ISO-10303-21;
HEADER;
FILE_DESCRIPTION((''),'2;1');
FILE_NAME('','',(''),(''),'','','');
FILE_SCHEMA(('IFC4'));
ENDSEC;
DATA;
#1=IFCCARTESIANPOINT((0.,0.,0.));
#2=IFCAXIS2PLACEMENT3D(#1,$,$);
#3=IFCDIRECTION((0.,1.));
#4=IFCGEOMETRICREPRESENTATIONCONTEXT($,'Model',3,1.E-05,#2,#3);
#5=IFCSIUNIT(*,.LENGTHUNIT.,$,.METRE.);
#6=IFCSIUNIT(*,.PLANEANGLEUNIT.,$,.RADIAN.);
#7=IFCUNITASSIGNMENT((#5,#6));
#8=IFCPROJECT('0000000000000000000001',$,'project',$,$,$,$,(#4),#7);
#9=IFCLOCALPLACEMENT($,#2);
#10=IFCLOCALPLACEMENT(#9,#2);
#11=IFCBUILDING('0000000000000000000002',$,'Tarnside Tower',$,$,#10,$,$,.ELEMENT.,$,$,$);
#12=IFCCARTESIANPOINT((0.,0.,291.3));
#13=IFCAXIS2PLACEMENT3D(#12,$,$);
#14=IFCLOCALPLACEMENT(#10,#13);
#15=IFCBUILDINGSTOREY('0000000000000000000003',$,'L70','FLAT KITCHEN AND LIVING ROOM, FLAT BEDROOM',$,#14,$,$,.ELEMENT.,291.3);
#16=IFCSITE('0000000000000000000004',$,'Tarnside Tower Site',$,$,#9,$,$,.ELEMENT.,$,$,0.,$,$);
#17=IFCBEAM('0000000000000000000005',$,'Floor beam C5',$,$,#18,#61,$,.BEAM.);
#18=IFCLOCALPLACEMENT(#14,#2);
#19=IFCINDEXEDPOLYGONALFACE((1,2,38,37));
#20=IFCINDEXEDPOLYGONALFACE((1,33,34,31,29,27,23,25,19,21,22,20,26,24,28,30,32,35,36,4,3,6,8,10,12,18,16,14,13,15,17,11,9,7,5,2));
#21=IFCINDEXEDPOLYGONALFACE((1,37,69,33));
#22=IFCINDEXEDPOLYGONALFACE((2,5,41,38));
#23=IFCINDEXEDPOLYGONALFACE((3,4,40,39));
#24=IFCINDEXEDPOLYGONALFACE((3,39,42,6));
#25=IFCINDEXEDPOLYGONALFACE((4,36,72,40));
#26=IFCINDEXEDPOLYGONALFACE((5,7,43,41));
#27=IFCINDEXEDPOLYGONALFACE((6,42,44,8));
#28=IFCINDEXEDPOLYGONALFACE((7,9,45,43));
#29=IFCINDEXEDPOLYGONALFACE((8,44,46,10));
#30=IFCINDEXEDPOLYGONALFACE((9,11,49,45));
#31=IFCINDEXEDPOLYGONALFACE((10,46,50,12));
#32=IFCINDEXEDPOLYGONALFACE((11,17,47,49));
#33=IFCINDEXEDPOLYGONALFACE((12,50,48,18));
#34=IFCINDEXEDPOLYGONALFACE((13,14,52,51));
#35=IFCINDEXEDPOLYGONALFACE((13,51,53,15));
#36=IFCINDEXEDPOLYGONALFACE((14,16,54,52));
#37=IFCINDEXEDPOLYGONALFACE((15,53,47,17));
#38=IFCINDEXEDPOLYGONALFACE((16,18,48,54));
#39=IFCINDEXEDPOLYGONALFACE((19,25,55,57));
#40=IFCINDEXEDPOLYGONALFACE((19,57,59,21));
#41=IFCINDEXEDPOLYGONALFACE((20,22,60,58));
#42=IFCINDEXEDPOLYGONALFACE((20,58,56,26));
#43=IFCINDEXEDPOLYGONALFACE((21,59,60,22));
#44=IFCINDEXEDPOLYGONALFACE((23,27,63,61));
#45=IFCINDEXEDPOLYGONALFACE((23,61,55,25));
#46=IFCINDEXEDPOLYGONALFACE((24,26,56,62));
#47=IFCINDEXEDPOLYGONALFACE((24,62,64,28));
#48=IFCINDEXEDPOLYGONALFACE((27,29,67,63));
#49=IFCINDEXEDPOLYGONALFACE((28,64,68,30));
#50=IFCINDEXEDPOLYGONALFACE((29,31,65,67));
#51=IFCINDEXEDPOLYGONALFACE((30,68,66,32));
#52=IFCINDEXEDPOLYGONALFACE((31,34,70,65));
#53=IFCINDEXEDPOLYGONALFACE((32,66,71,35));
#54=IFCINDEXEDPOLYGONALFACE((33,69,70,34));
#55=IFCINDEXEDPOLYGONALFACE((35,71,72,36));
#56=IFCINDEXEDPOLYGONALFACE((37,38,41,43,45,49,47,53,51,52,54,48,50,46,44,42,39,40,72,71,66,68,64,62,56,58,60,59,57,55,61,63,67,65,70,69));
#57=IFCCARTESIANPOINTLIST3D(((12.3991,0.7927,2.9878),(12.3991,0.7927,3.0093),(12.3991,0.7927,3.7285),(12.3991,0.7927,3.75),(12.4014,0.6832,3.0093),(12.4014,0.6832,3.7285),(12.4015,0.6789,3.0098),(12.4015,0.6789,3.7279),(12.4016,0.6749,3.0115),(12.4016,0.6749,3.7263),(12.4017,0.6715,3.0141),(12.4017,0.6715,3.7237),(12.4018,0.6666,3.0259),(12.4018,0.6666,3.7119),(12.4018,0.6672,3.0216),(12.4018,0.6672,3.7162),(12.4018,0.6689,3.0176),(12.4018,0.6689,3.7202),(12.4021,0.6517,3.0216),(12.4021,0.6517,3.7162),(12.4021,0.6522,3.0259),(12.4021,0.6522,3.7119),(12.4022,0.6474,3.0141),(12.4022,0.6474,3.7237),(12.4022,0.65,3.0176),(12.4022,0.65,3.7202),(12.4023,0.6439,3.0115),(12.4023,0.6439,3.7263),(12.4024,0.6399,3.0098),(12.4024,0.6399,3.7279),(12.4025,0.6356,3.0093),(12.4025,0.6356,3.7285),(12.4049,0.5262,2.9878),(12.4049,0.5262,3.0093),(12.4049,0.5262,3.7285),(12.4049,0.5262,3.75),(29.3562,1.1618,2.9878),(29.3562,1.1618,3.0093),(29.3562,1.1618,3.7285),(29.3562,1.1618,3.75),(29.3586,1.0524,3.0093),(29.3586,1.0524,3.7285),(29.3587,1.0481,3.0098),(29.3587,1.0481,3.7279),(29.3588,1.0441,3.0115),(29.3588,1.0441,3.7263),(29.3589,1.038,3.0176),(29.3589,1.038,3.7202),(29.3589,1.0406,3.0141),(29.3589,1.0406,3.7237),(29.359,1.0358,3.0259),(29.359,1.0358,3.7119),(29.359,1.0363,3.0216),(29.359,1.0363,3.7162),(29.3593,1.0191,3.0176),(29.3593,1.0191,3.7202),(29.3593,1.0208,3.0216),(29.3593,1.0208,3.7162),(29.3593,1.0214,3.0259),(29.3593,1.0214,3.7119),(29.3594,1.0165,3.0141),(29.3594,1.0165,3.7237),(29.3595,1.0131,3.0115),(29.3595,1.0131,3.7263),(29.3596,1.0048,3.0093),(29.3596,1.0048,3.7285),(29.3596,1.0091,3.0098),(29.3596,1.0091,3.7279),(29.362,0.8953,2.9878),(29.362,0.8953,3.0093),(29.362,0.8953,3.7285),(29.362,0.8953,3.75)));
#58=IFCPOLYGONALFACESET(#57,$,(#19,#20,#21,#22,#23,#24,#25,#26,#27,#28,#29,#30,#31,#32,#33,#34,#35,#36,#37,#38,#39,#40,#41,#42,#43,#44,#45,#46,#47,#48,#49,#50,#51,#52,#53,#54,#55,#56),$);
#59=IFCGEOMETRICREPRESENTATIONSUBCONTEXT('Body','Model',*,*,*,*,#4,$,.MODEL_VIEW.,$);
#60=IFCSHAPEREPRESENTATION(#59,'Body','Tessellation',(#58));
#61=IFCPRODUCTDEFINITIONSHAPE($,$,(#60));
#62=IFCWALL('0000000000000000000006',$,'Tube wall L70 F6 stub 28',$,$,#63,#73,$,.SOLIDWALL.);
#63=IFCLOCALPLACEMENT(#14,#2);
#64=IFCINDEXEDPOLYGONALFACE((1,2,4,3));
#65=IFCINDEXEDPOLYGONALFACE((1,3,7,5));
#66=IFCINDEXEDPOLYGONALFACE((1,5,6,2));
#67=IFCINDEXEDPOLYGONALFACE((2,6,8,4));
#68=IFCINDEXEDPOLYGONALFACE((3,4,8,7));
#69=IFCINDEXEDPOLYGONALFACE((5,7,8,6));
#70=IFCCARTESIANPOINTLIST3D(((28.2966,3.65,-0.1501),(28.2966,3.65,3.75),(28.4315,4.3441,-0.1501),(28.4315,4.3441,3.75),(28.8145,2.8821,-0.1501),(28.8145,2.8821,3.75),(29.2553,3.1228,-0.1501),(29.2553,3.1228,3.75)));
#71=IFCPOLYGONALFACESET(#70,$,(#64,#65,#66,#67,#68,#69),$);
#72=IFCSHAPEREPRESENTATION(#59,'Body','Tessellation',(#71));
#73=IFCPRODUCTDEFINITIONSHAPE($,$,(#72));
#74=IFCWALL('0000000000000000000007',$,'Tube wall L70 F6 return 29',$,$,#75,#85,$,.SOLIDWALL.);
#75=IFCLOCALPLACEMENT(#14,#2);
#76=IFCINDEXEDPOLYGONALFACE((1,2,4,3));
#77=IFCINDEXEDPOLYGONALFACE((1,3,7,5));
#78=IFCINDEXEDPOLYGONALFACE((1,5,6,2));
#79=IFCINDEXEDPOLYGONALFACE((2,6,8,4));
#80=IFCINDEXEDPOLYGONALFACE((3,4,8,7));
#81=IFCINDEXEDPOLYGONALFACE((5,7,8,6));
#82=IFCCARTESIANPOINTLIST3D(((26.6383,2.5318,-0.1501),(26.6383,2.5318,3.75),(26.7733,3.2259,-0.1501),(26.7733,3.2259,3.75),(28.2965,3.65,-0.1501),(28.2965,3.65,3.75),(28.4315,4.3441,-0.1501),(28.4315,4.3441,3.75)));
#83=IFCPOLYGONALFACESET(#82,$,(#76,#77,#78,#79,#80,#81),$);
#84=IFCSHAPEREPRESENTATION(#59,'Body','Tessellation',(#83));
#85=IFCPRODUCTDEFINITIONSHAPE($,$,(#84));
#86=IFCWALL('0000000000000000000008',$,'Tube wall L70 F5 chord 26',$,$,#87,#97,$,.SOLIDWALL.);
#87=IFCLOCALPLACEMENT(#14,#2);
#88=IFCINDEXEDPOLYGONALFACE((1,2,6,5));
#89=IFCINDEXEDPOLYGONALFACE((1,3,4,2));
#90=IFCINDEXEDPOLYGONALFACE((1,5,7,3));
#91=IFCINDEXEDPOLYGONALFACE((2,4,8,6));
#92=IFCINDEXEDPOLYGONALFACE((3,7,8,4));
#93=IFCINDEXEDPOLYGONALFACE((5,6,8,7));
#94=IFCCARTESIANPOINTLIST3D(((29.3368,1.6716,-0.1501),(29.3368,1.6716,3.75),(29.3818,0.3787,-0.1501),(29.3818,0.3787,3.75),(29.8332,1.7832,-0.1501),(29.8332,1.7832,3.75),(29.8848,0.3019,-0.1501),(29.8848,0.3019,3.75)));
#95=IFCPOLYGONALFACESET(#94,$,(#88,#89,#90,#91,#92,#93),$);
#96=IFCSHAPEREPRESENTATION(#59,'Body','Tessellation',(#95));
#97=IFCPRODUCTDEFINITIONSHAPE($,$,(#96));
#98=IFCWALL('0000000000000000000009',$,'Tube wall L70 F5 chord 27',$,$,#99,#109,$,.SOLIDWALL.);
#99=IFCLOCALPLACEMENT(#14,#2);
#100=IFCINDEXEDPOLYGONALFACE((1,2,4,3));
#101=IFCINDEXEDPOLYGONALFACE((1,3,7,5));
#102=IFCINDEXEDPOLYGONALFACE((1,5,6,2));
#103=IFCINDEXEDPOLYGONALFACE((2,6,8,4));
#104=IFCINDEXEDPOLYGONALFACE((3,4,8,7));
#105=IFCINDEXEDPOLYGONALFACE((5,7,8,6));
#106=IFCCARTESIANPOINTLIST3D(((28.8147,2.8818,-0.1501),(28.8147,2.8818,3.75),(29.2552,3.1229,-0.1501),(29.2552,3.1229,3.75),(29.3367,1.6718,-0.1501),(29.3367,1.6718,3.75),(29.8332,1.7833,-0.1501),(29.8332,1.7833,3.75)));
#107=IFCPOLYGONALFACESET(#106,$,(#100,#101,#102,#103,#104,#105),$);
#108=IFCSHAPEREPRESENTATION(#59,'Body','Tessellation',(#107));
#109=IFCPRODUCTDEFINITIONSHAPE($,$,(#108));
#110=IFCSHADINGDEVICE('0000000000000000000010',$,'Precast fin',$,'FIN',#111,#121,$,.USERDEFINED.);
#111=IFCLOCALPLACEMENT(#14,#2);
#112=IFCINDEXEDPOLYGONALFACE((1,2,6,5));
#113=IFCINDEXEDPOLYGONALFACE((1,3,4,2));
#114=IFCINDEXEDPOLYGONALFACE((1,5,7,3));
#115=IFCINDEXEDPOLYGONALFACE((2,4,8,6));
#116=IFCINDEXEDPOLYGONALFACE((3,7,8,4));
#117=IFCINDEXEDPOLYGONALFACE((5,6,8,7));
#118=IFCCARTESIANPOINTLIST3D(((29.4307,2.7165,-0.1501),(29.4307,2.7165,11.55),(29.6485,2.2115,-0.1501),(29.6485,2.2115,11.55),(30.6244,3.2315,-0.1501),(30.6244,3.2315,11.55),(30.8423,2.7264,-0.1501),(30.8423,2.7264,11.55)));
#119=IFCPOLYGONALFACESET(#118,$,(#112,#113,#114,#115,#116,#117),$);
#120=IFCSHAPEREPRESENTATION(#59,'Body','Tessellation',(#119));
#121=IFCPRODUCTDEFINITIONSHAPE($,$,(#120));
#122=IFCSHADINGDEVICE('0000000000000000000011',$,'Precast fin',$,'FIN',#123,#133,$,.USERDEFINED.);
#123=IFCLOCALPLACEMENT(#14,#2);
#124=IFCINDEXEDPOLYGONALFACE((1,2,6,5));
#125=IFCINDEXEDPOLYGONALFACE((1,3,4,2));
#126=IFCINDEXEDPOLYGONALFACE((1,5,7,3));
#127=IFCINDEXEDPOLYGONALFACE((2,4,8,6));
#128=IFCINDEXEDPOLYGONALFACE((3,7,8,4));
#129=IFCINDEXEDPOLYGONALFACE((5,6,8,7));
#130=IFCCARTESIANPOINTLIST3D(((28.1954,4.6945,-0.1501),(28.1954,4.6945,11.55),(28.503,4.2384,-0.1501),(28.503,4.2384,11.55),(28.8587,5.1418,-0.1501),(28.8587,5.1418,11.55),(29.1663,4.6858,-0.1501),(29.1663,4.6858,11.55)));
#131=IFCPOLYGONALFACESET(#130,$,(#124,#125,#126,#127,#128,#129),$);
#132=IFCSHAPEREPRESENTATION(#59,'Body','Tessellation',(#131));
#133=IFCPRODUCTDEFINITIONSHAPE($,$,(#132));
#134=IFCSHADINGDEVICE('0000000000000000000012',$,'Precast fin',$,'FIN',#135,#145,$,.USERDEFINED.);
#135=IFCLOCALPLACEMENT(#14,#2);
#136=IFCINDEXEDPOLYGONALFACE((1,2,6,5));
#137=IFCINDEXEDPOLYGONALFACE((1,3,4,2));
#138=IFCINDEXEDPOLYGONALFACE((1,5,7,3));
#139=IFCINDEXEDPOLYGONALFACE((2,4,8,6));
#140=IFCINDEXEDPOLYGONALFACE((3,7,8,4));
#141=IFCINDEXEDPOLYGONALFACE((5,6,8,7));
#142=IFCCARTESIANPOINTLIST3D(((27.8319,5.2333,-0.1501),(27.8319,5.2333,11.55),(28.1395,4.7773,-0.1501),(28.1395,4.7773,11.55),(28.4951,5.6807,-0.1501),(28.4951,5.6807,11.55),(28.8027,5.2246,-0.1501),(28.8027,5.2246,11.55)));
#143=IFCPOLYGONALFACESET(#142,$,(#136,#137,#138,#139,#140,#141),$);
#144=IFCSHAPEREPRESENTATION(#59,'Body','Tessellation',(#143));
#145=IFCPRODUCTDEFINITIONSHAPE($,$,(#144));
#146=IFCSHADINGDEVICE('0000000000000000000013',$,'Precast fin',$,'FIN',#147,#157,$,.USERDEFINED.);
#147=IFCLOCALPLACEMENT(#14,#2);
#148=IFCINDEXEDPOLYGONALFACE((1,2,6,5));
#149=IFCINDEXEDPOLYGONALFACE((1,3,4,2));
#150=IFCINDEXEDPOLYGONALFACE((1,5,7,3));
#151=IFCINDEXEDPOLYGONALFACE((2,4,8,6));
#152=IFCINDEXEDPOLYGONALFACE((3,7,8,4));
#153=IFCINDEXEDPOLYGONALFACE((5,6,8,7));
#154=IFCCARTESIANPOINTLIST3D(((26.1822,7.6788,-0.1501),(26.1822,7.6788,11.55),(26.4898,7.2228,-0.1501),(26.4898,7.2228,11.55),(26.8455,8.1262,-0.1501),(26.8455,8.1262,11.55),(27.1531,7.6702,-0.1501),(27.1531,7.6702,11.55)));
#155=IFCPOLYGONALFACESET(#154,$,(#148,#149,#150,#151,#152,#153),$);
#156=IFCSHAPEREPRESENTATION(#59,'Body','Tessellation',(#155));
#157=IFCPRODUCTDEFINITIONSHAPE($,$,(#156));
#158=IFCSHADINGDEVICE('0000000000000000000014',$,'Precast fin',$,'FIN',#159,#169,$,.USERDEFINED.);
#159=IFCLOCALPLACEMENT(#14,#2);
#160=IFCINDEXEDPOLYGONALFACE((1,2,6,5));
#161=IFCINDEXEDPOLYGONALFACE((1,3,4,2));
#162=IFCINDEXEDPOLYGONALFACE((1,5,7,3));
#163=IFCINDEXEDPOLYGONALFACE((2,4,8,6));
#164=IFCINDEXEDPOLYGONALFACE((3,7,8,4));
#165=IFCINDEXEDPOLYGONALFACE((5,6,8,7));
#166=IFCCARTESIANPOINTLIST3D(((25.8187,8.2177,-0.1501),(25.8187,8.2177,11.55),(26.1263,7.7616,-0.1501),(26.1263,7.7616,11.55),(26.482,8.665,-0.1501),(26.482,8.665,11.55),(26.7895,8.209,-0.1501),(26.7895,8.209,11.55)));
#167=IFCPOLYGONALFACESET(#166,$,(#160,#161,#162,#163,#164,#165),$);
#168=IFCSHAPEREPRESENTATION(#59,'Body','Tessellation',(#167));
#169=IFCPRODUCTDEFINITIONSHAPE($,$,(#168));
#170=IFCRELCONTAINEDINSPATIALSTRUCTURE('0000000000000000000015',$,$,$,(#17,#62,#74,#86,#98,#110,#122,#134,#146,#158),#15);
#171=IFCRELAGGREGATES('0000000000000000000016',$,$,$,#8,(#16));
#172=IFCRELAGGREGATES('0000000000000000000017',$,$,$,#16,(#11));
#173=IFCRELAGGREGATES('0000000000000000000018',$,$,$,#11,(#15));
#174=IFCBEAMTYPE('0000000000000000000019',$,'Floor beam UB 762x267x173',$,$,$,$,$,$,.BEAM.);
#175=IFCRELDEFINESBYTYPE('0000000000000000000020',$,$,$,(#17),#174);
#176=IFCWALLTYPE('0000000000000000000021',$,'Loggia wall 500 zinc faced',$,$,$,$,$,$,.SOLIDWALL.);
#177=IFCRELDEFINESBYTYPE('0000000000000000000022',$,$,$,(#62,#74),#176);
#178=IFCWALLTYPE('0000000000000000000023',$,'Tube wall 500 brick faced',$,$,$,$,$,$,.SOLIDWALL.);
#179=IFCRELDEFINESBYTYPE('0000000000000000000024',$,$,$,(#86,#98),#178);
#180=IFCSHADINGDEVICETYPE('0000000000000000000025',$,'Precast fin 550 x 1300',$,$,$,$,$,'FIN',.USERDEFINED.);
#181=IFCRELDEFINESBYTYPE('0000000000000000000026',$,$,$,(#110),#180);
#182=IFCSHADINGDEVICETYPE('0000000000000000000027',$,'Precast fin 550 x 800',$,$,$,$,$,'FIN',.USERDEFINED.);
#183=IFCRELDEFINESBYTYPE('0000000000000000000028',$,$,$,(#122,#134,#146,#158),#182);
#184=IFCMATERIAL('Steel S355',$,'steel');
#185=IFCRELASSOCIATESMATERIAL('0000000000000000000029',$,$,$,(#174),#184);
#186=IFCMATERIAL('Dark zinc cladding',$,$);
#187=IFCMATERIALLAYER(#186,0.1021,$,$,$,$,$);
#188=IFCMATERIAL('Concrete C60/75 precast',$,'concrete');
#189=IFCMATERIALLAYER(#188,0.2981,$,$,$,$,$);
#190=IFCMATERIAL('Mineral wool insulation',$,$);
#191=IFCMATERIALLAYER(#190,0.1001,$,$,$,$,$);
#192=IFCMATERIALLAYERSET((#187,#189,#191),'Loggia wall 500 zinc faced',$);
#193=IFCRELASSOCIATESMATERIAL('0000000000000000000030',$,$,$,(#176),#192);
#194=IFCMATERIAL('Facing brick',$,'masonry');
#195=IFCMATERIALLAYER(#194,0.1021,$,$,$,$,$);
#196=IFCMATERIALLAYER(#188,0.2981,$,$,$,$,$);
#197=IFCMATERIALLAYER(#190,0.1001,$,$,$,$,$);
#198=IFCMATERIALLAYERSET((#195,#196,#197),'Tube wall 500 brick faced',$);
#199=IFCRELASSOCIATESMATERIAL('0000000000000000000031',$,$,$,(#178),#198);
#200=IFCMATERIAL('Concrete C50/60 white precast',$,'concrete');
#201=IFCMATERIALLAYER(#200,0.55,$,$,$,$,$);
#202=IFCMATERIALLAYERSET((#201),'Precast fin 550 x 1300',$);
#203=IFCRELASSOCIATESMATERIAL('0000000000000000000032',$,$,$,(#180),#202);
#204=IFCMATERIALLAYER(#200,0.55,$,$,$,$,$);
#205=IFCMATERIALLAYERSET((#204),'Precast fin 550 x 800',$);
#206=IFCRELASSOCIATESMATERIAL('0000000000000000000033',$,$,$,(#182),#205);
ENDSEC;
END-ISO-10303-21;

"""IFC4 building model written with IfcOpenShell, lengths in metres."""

from ifc_helpers import new_model, si_unit, direction, frame, origin, origin_2d, place, context, subcontext, project, spatial, polyline, i_section, outline, extrude, material, layer, layer_set, material_profile, profile_set, type_object, element, save


model = new_model("IFC4")

# Units and contexts
model_context = context("Model", 3, precision=1e-05, world=origin(), true_north=direction((0.0, 1.0)))
body_context = subcontext(model_context, "Body", "Model", "MODEL_VIEW")
ifc_project = project(units=[si_unit("LENGTHUNIT", "METRE"), si_unit("PLANEANGLEUNIT", "RADIAN")], contexts=[model_context])

# Site, building, storey
site_placement = place(None, origin())
site = spatial("IfcSite", under=ifc_project, at=site_placement, Name="Tarnside Tower Site", CompositionType="ELEMENT", RefElevation=0.0)
building_placement = place(site_placement, origin())
building = spatial("IfcBuilding", under=site, at=building_placement, Name="Tarnside Tower", CompositionType="ELEMENT")
storey_placement = place(building_placement, frame((0.0, 0.0, 291.3)))
storey = spatial("IfcBuildingStorey", under=building, at=storey_placement, Name="L70", Description="FLAT KITCHEN AND LIVING ROOM, FLAT BEDROOM", CompositionType="ELEMENT", Elevation=291.3)

# Beam
ifc_material_1 = material(Name="Steel S355", Category="steel")
ifc_material_profile = material_profile(ifc_material_1, i_section(OverallWidth=0.2666, OverallDepth=0.7622, WebThickness=0.0144, FlangeThickness=0.0215, FilletRadius=0.0166, at=origin_2d()), Name="UB 762x267x173")
ifc_profile_set = profile_set([ifc_material_profile], Name="Steel S355")
beam_type = type_object("IfcBeamType", Name="Floor beam UB 762x267x173", PredefinedType="BEAM", material=ifc_profile_set)
beam_placement = place(storey_placement, frame((29.3591, 1.0286, 3.3689), z_axis=(-0.999763, -0.021764, 0.0), x_axis=(0.021764, -0.999763, 0.0)))
element("IfcBeam", 1, at=beam_placement, inside=storey, type_object=beam_type, Name="Floor beam C5", PredefinedType="BEAM", context=body_context, shape_type="SweptSolid", body=[
    extrude(i_section(OverallWidth=0.2666, OverallDepth=0.7622, WebThickness=0.0144, FlangeThickness=0.0215, FilletRadius=0.0166, at=origin_2d()), origin(), (0.0, 0.0, 1.0), 16.9612),
])

# Walls
ifc_material_2 = material(Name="Dark zinc cladding")
ifc_layer_1 = layer(ifc_material_2, 0.1021)
ifc_material_3 = material(Name="Concrete C60/75 precast", Category="concrete")
ifc_layer_2 = layer(ifc_material_3, 0.2981)
ifc_material_4 = material(Name="Mineral wool insulation")
ifc_layer_3 = layer(ifc_material_4, 0.1001)
ifc_layer_set_1 = layer_set([ifc_layer_1, ifc_layer_2, ifc_layer_3], Name="Loggia wall 500 zinc faced")
wall_type_1 = type_object("IfcWallType", Name="Loggia wall 500 zinc faced", PredefinedType="SOLIDWALL", material=ifc_layer_set_1)
wall_1_placement = place(storey_placement, frame((29.0349, 3.0024, -0.1501), z_axis=(0.0, 0.0, 1.0), x_axis=(-0.5592, 0.829033, 0.0)))
element("IfcWall", 2, at=wall_1_placement, inside=storey, type_object=wall_type_1, Name="Tube wall L70 F6 stub 28", PredefinedType="SOLIDWALL", context=body_context, shape_type="SweptSolid", body=[
    extrude(outline(polyline([(-0.0234, -0.25), (1.4497, -0.25), (0.9497, 0.25), (0.0234, 0.25), (-0.0234, -0.25)])), origin(), (0.0, 0.0, 1.0), 3.9001),
])
wall_2_placement = place(storey_placement, frame((28.364, 3.9971, -0.1501), z_axis=(0.0, 0.0, 1.0), x_axis=(-0.829109, -0.559087, 0.0)))
element("IfcWall", 3, at=wall_2_placement, inside=storey, type_object=wall_type_1, Name="Tube wall L70 F6 return 29", PredefinedType="SOLIDWALL", context=body_context, shape_type="SweptSolid", body=[
    extrude(outline(polyline([(-0.25, -0.25), (1.75, -0.25), (2.25, 0.25), (0.25, 0.25), (-0.25, -0.25)])), origin(), (0.0, 0.0, 1.0), 3.9001),
])

# Walls
ifc_material_5 = material(Name="Facing brick", Category="masonry")
ifc_layer_4 = layer(ifc_material_5, 0.1021)
ifc_layer_5 = layer(ifc_material_3, 0.2981)
ifc_layer_6 = layer(ifc_material_4, 0.1001)
ifc_layer_set_2 = layer_set([ifc_layer_4, ifc_layer_5, ifc_layer_6], Name="Tube wall 500 brick faced")
wall_type_2 = type_object("IfcWallType", Name="Tube wall 500 brick faced", PredefinedType="SOLIDWALL", material=ifc_layer_set_2)
wall_3_placement = place(storey_placement, frame((29.6333, 0.3403, -0.1501), z_axis=(0.0, 0.0, 1.0), x_axis=(-0.034826, 0.999393, 0.0)))
element("IfcWall", 4, at=wall_3_placement, inside=storey, type_object=wall_type_2, Name="Tube wall L70 F5 chord 26", PredefinedType="SOLIDWALL", context=body_context, shape_type="SweptSolid", body=[
    extrude(outline(polyline([(-0.0471, -0.25), (1.4351, -0.25), (1.3408, 0.25), (0.0471, 0.25), (-0.0471, -0.25)])), origin(), (0.0, 0.0, 1.0), 3.9001),
])
wall_4_placement = place(storey_placement, frame((29.585, 1.7275, -0.1501), z_axis=(0.0, 0.0, 1.0), x_axis=(-0.396146, 0.918187, 0.0)))
element("IfcWall", 5, at=wall_4_placement, inside=storey, type_object=wall_type_2, Name="Tube wall L70 F5 chord 27", PredefinedType="SOLIDWALL", context=body_context, shape_type="SweptSolid", body=[
    extrude(outline(polyline([(-0.0471, -0.25), (1.4119, -0.25), (1.365, 0.25), (0.0471, 0.25), (-0.0471, -0.25)])), origin(), (0.0, 0.0, 1.0), 3.9001),
])

# Shading devices
ifc_material_6 = material(Name="Concrete C50/60 white precast", Category="concrete")
ifc_layer_7 = layer(ifc_material_6, 0.55)
ifc_layer_set_3 = layer_set([ifc_layer_7], Name="Precast fin 550 x 1300")
shading_device_type_1 = type_object("IfcShadingDeviceType", Name="Precast fin 550 x 1300", ElementType="FIN", PredefinedType="USERDEFINED", material=ifc_layer_set_3)
shading_device_placement = place(storey_placement, frame((29.5396, 2.4641, -0.1501), z_axis=(0.39608, -0.918216, 0.0), x_axis=(0.918216, 0.39608, 0.0)))
element("IfcShadingDevice", 6, at=shading_device_placement, inside=storey, type_object=shading_device_type_1, Name="Precast fin", ObjectType="FIN", PredefinedType="USERDEFINED", context=body_context, shape_type="SweptSolid", body=[
    extrude(outline(polyline([(0.0, 0.0), (1.3, 0.0), (1.3, 11.7002), (0.0, 11.7002), (0.0, 0.0)])), frame((0.0, 0.0, -0.2749)), (0.0, 0.0, 1.0), 0.55),
])
ifc_layer_8 = layer(ifc_material_6, 0.55)
ifc_layer_set_4 = layer_set([ifc_layer_8], Name="Precast fin 550 x 800")
shading_device_type_2 = type_object("IfcShadingDeviceType", Name="Precast fin 550 x 800", ElementType="FIN", PredefinedType="USERDEFINED", material=ifc_layer_set_4)
for number, where, z_axis, x_axis, name in (
    (7, (28.3491, 4.4666, -0.1501), (0.559193, -0.829038, 0.0), (0.829038, 0.559193, 0.0), "Precast fin"),
    (8, (27.9856, 5.0054, -0.1501), (0.559193, -0.829038, 0.0), (0.829038, 0.559193, 0.0), "Precast fin"),
    (9, (26.3359, 7.4509, -0.1501), (0.559193, -0.829038, 0.0), (0.829038, 0.559193, 0.0), "Precast fin"),
    (10, (25.9724, 7.9897, -0.1501), (0.559193, -0.829038, 0.0), (0.829038, 0.559193, 0.0), "Precast fin"),
):
    element("IfcShadingDevice", number, at=place(storey_placement, frame(where, z_axis=z_axis, x_axis=x_axis)), inside=storey, type_object=shading_device_type_2, Name=name, ObjectType="FIN", PredefinedType="USERDEFINED", context=body_context, shape_type="SweptSolid", body=[
        extrude(outline(polyline([(0.0, 0.0), (0.8, 0.0), (0.8, 11.7002), (0.0, 11.7002), (0.0, 0.0)])), frame((0.0, 0.0, -0.2749)), (0.0, 0.0, 1.0), 0.55),
    ])

save(model, "model.ifc")
